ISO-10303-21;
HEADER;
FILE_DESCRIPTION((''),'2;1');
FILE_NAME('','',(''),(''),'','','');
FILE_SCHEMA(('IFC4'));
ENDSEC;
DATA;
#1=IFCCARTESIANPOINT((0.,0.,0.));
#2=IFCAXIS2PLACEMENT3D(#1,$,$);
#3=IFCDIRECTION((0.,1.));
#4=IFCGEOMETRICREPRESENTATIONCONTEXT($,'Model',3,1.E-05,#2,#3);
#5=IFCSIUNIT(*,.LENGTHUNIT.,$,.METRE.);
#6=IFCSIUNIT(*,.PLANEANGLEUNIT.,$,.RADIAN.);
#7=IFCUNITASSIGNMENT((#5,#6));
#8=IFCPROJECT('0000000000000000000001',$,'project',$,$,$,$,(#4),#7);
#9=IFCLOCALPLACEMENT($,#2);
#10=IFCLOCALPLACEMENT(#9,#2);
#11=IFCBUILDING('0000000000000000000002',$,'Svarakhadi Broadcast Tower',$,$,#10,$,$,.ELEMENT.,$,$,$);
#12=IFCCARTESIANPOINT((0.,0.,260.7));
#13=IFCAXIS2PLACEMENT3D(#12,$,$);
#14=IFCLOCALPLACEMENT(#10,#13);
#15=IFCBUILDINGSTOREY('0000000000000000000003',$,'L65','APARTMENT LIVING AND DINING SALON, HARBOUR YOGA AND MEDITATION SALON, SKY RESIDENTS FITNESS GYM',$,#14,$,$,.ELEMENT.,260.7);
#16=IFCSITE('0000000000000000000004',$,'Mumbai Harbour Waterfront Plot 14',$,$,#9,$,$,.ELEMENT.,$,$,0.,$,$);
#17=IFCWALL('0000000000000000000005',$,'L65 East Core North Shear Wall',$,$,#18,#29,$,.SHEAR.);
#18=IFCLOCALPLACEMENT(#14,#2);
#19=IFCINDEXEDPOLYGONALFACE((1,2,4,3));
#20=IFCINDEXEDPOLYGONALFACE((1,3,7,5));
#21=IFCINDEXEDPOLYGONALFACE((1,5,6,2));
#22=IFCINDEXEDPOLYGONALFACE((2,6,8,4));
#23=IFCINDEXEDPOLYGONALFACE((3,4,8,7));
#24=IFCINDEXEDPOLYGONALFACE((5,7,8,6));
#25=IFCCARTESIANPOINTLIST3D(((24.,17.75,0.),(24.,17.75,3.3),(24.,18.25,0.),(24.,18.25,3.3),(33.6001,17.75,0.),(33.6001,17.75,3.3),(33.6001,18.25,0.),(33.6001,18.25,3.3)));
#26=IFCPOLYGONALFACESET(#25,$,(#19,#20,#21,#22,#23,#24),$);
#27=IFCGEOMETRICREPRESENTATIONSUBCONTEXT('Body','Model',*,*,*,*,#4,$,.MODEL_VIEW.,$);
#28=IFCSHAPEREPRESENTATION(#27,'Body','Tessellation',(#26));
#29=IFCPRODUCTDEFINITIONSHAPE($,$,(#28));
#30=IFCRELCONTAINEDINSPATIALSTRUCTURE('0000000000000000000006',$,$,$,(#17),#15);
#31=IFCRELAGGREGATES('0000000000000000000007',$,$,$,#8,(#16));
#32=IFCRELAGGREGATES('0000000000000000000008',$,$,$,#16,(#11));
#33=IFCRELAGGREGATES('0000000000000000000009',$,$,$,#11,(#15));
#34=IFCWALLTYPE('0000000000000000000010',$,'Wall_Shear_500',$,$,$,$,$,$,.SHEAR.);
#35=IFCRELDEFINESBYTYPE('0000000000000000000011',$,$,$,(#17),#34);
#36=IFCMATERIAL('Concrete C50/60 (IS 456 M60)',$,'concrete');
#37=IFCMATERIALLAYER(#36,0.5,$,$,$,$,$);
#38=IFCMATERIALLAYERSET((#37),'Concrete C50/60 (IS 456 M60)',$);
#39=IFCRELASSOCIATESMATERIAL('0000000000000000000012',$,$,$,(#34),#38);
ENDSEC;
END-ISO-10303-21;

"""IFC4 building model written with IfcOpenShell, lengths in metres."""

from ifc_helpers import new_model, si_unit, direction, frame, frame_2d, origin, place, context, subcontext, project, spatial, rectangle, extrude, material, layer, layer_set, type_object, element, save


model = new_model("IFC4")

# Units and contexts
model_context = context("Model", 3, precision=1e-05, world=origin(), true_north=direction((0.0, 1.0)))
body_context = subcontext(model_context, "Body", "Model", "MODEL_VIEW")
ifc_project = project(units=[si_unit("LENGTHUNIT", "METRE"), si_unit("PLANEANGLEUNIT", "RADIAN")], contexts=[model_context])

# Site, building, storey
site_placement = place(None, origin())
site = spatial("IfcSite", under=ifc_project, at=site_placement, Name="Mumbai Harbour Waterfront Plot 14", CompositionType="ELEMENT", RefElevation=0.0)
building_placement = place(site_placement, origin())
building = spatial("IfcBuilding", under=site, at=building_placement, Name="Svarakhadi Broadcast Tower", CompositionType="ELEMENT")
storey_placement = place(building_placement, frame((0.0, 0.0, 260.7)))
storey = spatial("IfcBuildingStorey", under=building, at=storey_placement, Name="L65", Description="APARTMENT LIVING AND DINING SALON, HARBOUR YOGA AND MEDITATION SALON, SKY RESIDENTS FITNESS GYM", CompositionType="ELEMENT", Elevation=260.7)

# Shared definitions
ifc_material_1 = material(Name="Concrete C50/60 (IS 456 M60)", Category="concrete")

# Wall
ifc_layer_1 = layer(ifc_material_1, 0.5)
ifc_layer_set_1 = layer_set([ifc_layer_1], Name="Concrete C50/60 (IS 456 M60)")
wall_type_1 = type_object("IfcWallType", Name="Wall_Shear_500", PredefinedType="SHEAR", material=ifc_layer_set_1)
wall_1_placement = place(storey_placement, frame((24.0, 18.0, 0.0), z_axis=(0.0, 0.0, 1.0), x_axis=(1.0, 0.0, 0.0)))
element("IfcWall", 1, at=wall_1_placement, inside=storey, type_object=wall_type_1, Name="L65 East Core North Shear Wall", PredefinedType="SHEAR", context=body_context, shape_type="SweptSolid", body=[
    extrude(rectangle(XDim=9.6001, YDim=0.5, at=frame_2d((4.8, 0.0))), origin(), (0.0, 0.0, 1.0), 3.3),
])

save(model, "model.ifc")
